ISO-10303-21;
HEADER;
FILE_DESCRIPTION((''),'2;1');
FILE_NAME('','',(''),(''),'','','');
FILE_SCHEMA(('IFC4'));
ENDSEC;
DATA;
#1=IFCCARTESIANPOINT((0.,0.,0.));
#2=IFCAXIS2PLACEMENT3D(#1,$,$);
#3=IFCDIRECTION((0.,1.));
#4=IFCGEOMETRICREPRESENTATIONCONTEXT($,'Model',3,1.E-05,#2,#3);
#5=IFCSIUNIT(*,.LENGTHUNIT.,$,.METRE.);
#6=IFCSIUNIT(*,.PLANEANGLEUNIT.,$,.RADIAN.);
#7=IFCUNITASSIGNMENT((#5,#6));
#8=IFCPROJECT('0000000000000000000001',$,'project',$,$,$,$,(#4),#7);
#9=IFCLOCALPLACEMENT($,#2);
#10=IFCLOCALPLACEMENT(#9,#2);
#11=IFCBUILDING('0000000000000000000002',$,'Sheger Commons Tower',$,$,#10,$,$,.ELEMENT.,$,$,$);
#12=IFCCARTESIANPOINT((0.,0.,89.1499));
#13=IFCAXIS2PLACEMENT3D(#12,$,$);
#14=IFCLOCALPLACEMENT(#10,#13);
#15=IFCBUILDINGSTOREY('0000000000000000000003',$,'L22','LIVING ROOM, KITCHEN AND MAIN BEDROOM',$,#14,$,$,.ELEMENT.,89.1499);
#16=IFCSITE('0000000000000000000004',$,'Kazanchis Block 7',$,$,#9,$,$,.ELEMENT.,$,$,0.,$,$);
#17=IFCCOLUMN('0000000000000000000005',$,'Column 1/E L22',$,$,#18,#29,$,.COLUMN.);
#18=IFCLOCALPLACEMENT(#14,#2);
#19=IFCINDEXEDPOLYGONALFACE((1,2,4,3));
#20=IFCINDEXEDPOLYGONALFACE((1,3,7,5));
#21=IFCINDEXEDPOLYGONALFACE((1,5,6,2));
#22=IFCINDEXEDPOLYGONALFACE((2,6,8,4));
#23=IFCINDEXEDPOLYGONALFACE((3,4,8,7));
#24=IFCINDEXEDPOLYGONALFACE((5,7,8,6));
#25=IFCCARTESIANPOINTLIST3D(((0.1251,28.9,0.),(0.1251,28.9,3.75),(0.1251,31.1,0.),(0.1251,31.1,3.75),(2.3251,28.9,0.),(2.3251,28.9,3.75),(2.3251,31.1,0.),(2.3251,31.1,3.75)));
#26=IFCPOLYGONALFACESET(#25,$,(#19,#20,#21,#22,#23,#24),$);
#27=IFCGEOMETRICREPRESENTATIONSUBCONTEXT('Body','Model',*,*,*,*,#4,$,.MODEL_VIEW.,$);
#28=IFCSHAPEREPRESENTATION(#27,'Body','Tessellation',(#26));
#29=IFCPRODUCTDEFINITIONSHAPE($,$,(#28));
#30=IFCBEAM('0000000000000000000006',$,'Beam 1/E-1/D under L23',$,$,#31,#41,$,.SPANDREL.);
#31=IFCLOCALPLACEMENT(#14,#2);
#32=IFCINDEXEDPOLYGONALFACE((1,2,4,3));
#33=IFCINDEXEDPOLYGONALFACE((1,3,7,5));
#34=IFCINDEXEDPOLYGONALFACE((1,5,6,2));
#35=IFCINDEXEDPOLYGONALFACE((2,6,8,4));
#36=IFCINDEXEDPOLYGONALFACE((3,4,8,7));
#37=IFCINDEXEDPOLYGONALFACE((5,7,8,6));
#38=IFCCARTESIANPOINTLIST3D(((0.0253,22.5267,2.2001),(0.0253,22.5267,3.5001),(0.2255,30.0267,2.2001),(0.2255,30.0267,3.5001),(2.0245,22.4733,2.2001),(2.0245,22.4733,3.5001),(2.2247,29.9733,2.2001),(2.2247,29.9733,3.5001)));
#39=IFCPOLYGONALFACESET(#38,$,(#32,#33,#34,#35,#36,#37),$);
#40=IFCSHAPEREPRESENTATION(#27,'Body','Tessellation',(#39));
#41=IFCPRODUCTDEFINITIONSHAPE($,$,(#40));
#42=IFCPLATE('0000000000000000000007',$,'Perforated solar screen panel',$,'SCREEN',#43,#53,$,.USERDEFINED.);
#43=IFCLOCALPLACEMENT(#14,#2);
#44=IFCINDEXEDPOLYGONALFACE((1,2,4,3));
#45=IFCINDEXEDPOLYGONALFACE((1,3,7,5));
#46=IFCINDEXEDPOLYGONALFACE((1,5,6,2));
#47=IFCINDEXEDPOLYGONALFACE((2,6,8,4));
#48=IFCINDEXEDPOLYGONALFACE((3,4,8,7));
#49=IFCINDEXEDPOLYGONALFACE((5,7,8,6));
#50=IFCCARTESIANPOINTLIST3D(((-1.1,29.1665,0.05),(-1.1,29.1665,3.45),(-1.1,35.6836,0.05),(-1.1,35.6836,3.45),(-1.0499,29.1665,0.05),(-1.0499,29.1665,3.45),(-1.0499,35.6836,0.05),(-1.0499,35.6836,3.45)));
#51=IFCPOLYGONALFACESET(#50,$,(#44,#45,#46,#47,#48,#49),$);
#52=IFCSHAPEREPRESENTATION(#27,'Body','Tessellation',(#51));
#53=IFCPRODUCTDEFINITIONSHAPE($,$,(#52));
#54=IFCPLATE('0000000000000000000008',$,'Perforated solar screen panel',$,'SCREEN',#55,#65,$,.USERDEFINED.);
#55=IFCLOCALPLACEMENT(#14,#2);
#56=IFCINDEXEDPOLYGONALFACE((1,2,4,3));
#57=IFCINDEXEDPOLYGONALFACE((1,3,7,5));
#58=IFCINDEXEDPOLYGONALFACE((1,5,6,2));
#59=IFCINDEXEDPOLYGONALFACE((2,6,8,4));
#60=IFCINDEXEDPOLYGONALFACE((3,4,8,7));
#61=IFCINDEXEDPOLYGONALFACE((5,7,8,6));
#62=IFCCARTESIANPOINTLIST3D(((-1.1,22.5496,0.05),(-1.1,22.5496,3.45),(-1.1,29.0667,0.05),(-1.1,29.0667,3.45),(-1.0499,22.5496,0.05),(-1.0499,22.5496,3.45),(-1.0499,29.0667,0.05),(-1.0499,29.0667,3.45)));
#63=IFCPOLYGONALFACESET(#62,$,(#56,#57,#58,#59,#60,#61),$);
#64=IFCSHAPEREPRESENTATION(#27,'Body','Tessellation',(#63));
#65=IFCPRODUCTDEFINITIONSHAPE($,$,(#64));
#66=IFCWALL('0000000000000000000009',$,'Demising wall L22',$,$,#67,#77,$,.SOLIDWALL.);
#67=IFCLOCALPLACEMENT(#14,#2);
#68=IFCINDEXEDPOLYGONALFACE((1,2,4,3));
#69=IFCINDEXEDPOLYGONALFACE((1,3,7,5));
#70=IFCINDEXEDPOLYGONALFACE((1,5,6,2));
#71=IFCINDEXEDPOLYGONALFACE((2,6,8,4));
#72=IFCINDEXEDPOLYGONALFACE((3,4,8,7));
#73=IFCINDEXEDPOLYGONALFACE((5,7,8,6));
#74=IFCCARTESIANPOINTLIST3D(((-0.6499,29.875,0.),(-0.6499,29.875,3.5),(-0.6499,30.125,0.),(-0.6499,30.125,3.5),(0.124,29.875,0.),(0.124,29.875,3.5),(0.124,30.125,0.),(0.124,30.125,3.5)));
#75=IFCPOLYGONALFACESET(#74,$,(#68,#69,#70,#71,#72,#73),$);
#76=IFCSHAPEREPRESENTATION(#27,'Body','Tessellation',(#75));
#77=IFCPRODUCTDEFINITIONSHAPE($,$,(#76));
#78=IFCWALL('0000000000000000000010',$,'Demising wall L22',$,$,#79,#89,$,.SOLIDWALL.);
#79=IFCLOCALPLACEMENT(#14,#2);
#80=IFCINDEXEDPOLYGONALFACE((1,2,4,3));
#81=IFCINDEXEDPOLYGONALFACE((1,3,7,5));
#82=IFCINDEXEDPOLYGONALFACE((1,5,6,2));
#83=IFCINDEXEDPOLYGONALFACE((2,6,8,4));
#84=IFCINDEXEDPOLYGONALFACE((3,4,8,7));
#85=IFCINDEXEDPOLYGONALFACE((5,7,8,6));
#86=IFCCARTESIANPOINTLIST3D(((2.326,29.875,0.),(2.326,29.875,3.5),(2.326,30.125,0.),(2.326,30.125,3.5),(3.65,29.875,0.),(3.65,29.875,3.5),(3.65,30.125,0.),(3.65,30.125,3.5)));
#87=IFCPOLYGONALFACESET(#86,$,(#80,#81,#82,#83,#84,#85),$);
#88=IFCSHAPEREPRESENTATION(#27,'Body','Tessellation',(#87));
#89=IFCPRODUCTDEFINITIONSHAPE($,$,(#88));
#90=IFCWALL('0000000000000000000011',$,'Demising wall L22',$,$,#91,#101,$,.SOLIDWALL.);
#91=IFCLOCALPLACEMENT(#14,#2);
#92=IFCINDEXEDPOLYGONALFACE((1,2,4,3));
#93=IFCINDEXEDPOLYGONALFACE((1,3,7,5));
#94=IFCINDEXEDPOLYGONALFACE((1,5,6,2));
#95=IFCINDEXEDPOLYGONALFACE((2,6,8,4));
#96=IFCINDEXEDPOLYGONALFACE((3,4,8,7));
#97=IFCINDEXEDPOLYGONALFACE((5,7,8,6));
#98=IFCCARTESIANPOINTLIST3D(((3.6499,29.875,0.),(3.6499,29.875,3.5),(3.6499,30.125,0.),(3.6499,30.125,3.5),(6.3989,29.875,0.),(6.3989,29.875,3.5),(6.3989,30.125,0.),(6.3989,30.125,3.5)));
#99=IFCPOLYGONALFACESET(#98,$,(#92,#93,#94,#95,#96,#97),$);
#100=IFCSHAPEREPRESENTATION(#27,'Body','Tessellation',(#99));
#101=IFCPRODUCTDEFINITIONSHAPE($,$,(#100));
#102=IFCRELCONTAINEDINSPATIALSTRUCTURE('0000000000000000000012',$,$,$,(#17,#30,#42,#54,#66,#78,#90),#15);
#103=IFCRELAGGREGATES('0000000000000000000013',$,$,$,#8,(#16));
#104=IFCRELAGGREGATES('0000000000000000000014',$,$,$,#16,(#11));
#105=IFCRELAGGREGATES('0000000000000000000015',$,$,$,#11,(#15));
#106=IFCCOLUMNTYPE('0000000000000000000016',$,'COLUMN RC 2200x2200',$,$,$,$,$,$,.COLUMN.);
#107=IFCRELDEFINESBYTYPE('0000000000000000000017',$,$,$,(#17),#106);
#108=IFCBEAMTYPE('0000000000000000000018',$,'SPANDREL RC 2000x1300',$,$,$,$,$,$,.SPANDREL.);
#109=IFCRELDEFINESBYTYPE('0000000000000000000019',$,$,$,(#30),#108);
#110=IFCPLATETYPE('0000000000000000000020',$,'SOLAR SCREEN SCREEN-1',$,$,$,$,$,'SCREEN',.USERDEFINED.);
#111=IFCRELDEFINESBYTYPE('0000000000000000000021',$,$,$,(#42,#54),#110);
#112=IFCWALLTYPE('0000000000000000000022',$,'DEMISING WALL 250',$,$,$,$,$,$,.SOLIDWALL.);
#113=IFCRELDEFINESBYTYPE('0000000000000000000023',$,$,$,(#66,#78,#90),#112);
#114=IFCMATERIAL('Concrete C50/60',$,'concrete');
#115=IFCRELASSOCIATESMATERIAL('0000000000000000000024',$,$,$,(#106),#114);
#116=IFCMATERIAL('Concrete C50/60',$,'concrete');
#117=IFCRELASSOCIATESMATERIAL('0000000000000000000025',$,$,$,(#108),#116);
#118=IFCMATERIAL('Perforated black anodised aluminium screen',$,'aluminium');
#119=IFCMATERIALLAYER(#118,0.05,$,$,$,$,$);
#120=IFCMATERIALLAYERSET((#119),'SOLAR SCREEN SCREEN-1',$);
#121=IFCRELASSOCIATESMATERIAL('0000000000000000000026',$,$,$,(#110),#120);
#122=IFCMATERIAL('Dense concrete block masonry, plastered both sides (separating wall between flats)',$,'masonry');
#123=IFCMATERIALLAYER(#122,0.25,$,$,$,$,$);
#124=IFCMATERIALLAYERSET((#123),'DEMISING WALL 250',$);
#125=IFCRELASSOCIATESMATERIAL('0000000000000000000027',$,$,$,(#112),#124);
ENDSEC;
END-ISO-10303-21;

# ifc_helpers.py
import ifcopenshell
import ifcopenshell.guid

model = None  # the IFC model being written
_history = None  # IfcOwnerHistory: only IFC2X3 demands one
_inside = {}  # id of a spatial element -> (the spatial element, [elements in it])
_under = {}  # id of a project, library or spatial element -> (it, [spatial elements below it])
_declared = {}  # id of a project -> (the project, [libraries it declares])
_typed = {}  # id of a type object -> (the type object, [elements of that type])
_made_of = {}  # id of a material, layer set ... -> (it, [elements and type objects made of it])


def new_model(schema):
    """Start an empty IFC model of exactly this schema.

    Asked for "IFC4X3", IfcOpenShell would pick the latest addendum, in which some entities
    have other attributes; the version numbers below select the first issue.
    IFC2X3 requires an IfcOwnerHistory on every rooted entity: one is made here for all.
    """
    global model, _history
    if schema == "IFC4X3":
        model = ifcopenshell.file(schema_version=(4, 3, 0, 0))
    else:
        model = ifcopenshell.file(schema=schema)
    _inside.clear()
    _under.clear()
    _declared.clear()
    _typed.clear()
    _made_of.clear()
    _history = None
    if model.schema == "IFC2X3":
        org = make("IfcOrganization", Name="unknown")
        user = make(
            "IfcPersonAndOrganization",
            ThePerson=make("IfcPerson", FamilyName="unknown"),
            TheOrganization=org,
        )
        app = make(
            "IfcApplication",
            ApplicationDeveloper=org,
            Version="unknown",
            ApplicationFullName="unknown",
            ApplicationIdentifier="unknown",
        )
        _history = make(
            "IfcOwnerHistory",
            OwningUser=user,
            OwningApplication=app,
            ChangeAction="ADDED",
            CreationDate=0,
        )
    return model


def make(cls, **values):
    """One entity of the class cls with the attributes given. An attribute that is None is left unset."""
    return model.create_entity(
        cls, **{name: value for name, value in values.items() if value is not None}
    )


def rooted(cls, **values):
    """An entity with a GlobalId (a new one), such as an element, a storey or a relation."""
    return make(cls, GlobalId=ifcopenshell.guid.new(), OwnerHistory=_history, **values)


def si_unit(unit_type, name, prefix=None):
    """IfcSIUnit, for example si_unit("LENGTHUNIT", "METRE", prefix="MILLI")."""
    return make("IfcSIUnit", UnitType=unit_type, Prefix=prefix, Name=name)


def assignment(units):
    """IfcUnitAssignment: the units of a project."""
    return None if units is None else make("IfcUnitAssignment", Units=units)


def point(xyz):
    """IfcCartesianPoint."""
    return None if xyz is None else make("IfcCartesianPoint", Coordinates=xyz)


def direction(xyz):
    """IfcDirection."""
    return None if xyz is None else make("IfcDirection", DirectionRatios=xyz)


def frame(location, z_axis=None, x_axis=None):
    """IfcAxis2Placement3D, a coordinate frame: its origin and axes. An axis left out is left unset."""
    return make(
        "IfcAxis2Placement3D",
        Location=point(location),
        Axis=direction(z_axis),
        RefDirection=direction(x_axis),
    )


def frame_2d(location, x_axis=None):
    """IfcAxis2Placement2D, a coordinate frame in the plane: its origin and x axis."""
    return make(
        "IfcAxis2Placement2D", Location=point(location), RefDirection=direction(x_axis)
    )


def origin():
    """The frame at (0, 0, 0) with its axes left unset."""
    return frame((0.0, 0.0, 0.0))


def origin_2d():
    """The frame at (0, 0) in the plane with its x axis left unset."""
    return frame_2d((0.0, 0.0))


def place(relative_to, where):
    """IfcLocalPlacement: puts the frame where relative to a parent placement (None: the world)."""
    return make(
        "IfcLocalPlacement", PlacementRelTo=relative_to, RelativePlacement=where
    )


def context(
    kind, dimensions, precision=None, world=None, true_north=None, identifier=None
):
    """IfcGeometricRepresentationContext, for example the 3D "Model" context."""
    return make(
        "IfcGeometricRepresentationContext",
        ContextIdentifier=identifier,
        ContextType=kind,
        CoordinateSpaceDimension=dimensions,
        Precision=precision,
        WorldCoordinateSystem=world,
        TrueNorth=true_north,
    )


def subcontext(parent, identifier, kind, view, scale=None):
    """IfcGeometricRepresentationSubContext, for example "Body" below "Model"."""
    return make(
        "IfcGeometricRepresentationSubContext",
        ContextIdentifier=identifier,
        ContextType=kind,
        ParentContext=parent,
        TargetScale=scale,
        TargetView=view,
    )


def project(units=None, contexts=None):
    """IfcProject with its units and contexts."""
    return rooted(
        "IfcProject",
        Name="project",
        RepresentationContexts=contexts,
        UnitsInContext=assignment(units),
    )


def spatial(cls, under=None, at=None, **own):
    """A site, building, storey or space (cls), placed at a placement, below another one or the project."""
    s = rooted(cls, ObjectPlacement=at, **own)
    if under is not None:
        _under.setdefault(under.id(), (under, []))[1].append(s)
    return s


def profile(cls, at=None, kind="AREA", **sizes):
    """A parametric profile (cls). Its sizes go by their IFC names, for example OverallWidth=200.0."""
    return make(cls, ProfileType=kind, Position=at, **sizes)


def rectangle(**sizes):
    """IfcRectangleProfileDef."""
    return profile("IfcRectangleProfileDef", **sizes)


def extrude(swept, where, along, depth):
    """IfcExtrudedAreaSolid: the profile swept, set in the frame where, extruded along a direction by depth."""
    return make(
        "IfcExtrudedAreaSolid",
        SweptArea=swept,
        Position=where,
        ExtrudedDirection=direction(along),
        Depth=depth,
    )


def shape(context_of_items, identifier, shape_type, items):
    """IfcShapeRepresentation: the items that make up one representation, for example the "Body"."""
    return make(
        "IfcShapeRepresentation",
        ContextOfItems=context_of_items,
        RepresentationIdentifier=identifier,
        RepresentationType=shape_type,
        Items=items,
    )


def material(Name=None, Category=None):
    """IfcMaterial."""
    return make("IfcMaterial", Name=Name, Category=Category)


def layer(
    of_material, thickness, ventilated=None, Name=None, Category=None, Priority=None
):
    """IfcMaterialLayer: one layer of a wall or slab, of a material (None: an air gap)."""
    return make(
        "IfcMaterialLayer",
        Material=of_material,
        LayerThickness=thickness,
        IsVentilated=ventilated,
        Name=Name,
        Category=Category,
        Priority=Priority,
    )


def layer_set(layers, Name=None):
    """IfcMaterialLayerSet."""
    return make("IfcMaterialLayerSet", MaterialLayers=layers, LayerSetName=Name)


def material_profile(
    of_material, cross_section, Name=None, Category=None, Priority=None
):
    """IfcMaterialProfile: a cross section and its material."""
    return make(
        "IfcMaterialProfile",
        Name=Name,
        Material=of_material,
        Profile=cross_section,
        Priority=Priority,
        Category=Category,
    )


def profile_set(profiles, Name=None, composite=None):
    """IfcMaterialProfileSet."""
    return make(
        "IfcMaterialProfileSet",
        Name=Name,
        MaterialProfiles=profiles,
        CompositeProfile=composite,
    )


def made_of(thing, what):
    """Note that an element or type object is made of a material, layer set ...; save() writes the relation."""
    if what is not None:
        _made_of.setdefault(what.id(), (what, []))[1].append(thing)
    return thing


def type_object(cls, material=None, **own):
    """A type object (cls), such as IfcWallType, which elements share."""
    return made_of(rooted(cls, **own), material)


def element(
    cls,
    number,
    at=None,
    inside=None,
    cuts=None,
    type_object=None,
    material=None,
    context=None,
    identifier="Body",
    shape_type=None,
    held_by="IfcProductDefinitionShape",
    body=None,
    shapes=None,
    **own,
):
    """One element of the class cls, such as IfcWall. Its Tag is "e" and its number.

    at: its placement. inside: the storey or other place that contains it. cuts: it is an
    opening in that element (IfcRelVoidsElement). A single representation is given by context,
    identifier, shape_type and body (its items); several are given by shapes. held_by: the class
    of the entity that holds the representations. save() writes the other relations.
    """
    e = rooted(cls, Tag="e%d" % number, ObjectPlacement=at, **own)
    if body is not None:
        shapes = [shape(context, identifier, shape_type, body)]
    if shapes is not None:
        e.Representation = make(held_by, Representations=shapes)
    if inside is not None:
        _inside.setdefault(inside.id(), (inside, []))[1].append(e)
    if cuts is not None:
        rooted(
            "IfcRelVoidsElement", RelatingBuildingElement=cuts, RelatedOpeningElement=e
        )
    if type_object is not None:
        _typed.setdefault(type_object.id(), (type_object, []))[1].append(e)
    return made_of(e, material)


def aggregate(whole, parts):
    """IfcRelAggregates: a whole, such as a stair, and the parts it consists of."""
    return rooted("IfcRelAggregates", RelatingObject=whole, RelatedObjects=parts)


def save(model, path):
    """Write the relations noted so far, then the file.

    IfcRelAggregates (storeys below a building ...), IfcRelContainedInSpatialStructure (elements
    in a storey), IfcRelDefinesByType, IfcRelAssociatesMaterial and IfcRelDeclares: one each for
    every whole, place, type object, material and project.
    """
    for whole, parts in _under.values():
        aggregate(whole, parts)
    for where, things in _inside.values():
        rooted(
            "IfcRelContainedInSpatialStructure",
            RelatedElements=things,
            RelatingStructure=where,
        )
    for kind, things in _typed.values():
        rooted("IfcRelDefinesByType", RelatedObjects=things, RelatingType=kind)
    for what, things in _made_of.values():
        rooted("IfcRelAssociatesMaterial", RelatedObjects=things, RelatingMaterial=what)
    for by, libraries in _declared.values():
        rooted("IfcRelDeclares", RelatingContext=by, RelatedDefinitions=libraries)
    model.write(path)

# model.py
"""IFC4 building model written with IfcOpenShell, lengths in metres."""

from ifc_helpers import new_model, si_unit, direction, frame, frame_2d, origin, origin_2d, place, context, subcontext, project, spatial, rectangle, extrude, material, layer, layer_set, material_profile, profile_set, type_object, element, save


model = new_model("IFC4")

# Units and contexts
model_context = context("Model", 3, precision=1e-05, world=origin(), true_north=direction((0.0, 1.0)))
body_context = subcontext(model_context, "Body", "Model", "MODEL_VIEW")
ifc_project = project(units=[si_unit("LENGTHUNIT", "METRE"), si_unit("PLANEANGLEUNIT", "RADIAN")], contexts=[model_context])

# Site, building, storey
site_placement = place(None, origin())
site = spatial("IfcSite", under=ifc_project, at=site_placement, Name="Kazanchis Block 7", CompositionType="ELEMENT", RefElevation=0.0)
building_placement = place(site_placement, origin())
building = spatial("IfcBuilding", under=site, at=building_placement, Name="Sheger Commons Tower", CompositionType="ELEMENT")
storey_placement = place(building_placement, frame((0.0, 0.0, 89.1499)))
storey = spatial("IfcBuildingStorey", under=building, at=storey_placement, Name="L22", Description="LIVING ROOM, KITCHEN AND MAIN BEDROOM", CompositionType="ELEMENT", Elevation=89.1499)

# Column
ifc_material_1 = material(Name="Concrete C50/60", Category="concrete")
ifc_material_profile_1 = material_profile(ifc_material_1, rectangle(XDim=2.2, YDim=2.2, at=origin_2d()), Name="RC 2200x2200")
ifc_profile_set_1 = profile_set([ifc_material_profile_1], Name="Concrete C50/60")
column_type = type_object("IfcColumnType", Name="COLUMN RC 2200x2200", PredefinedType="COLUMN", material=ifc_profile_set_1)
column_placement = place(storey_placement, frame((1.2251, 30.0, 0.0), z_axis=(0.0, 0.0, 1.0), x_axis=(1.0, 0.0, 0.0)))
element("IfcColumn", 1, at=column_placement, inside=storey, type_object=column_type, Name="Column 1/E L22", PredefinedType="COLUMN", context=body_context, shape_type="SweptSolid", body=[
    extrude(rectangle(XDim=2.2, YDim=2.2, at=origin_2d()), origin(), (0.0, 0.0, 1.0), 3.75),
])

# Beam
ifc_material_2 = material(Name="Concrete C50/60", Category="concrete")
ifc_material_profile_2 = material_profile(ifc_material_2, rectangle(XDim=2.0, YDim=1.3, at=origin_2d()), Name="RC 2000x1300")
ifc_profile_set_2 = profile_set([ifc_material_profile_2], Name="Concrete C50/60")
beam_type = type_object("IfcBeamType", Name="SPANDREL RC 2000x1300", PredefinedType="SPANDREL", material=ifc_profile_set_2)
beam_placement = place(storey_placement, frame((1.2251, 30.0, 2.8501), z_axis=(-0.026683, -0.999644, 0.0), x_axis=(0.999644, -0.026683, 0.0)))
element("IfcBeam", 2, at=beam_placement, inside=storey, type_object=beam_type, Name="Beam 1/E-1/D under L23", PredefinedType="SPANDREL", context=body_context, shape_type="SweptSolid", body=[
    extrude(rectangle(XDim=2.0, YDim=1.3, at=origin_2d()), origin(), (0.0, 0.0, 1.0), 7.5027),
])

# Plates
ifc_material_3 = material(Name="Perforated black anodised aluminium screen", Category="aluminium")
ifc_layer_1 = layer(ifc_material_3, 0.05)
ifc_layer_set_1 = layer_set([ifc_layer_1], Name="SOLAR SCREEN SCREEN-1")
plate_type = type_object("IfcPlateType", Name="SOLAR SCREEN SCREEN-1", ElementType="SCREEN", PredefinedType="USERDEFINED", material=ifc_layer_set_1)
for number, where, z_axis, x_axis, name in (
    (3, (-1.075, 32.425, 0.05), (0.0, 0.0, 1.0), (0.0, -1.0, 0.0), "Perforated solar screen panel"),
    (4, (-1.075, 25.8081, 0.05), (0.0, 0.0, 1.0), (0.0, -1.0, 0.0), "Perforated solar screen panel"),
):
    element("IfcPlate", number, at=place(storey_placement, frame(where, z_axis=z_axis, x_axis=x_axis)), inside=storey, type_object=plate_type, Name=name, ObjectType="SCREEN", PredefinedType="USERDEFINED", context=body_context, shape_type="SweptSolid", body=[
        extrude(rectangle(XDim=6.5171, YDim=0.05, at=origin_2d()), origin(), (0.0, 0.0, 1.0), 3.3999),
    ])

# Walls
ifc_material_4 = material(Name="Dense concrete block masonry, plastered both sides (separating wall between flats)", Category="masonry")
ifc_layer_2 = layer(ifc_material_4, 0.25)
ifc_layer_set_2 = layer_set([ifc_layer_2], Name="DEMISING WALL 250")
wall_type_1 = type_object("IfcWallType", Name="DEMISING WALL 250", PredefinedType="SOLIDWALL", material=ifc_layer_set_2)
wall_1_placement = place(storey_placement, frame((-0.6499, 30.0, 0.0), z_axis=(0.0, 0.0, 1.0), x_axis=(1.0, 0.0, 0.0)))
element("IfcWall", 5, at=wall_1_placement, inside=storey, type_object=wall_type_1, Name="Demising wall L22", PredefinedType="SOLIDWALL", context=body_context, shape_type="SweptSolid", body=[
    extrude(rectangle(XDim=0.7739, YDim=0.25, at=frame_2d((0.387, 0.0))), origin(), (0.0, 0.0, 1.0), 3.5),
])
wall_2_placement = place(storey_placement, frame((2.3259, 30.0, 0.0), z_axis=(0.0, 0.0, 1.0), x_axis=(1.0, 0.0, 0.0)))
element("IfcWall", 6, at=wall_2_placement, inside=storey, type_object=wall_type_1, Name="Demising wall L22", PredefinedType="SOLIDWALL", context=body_context, shape_type="SweptSolid", body=[
    extrude(rectangle(XDim=1.324, YDim=0.25, at=frame_2d((0.6621, 0.0))), origin(), (0.0, 0.0, 1.0), 3.5),
])
wall_3_placement = place(storey_placement, frame((3.6499, 30.0, 0.0), z_axis=(0.0, 0.0, 1.0), x_axis=(1.0, 0.0, 0.0)))
element("IfcWall", 7, at=wall_3_placement, inside=storey, type_object=wall_type_1, Name="Demising wall L22", PredefinedType="SOLIDWALL", context=body_context, shape_type="SweptSolid", body=[
    extrude(rectangle(XDim=2.749, YDim=0.25, at=frame_2d((1.3745, 0.0))), origin(), (0.0, 0.0, 1.0), 3.5),
])

save(model, "model.ifc")
